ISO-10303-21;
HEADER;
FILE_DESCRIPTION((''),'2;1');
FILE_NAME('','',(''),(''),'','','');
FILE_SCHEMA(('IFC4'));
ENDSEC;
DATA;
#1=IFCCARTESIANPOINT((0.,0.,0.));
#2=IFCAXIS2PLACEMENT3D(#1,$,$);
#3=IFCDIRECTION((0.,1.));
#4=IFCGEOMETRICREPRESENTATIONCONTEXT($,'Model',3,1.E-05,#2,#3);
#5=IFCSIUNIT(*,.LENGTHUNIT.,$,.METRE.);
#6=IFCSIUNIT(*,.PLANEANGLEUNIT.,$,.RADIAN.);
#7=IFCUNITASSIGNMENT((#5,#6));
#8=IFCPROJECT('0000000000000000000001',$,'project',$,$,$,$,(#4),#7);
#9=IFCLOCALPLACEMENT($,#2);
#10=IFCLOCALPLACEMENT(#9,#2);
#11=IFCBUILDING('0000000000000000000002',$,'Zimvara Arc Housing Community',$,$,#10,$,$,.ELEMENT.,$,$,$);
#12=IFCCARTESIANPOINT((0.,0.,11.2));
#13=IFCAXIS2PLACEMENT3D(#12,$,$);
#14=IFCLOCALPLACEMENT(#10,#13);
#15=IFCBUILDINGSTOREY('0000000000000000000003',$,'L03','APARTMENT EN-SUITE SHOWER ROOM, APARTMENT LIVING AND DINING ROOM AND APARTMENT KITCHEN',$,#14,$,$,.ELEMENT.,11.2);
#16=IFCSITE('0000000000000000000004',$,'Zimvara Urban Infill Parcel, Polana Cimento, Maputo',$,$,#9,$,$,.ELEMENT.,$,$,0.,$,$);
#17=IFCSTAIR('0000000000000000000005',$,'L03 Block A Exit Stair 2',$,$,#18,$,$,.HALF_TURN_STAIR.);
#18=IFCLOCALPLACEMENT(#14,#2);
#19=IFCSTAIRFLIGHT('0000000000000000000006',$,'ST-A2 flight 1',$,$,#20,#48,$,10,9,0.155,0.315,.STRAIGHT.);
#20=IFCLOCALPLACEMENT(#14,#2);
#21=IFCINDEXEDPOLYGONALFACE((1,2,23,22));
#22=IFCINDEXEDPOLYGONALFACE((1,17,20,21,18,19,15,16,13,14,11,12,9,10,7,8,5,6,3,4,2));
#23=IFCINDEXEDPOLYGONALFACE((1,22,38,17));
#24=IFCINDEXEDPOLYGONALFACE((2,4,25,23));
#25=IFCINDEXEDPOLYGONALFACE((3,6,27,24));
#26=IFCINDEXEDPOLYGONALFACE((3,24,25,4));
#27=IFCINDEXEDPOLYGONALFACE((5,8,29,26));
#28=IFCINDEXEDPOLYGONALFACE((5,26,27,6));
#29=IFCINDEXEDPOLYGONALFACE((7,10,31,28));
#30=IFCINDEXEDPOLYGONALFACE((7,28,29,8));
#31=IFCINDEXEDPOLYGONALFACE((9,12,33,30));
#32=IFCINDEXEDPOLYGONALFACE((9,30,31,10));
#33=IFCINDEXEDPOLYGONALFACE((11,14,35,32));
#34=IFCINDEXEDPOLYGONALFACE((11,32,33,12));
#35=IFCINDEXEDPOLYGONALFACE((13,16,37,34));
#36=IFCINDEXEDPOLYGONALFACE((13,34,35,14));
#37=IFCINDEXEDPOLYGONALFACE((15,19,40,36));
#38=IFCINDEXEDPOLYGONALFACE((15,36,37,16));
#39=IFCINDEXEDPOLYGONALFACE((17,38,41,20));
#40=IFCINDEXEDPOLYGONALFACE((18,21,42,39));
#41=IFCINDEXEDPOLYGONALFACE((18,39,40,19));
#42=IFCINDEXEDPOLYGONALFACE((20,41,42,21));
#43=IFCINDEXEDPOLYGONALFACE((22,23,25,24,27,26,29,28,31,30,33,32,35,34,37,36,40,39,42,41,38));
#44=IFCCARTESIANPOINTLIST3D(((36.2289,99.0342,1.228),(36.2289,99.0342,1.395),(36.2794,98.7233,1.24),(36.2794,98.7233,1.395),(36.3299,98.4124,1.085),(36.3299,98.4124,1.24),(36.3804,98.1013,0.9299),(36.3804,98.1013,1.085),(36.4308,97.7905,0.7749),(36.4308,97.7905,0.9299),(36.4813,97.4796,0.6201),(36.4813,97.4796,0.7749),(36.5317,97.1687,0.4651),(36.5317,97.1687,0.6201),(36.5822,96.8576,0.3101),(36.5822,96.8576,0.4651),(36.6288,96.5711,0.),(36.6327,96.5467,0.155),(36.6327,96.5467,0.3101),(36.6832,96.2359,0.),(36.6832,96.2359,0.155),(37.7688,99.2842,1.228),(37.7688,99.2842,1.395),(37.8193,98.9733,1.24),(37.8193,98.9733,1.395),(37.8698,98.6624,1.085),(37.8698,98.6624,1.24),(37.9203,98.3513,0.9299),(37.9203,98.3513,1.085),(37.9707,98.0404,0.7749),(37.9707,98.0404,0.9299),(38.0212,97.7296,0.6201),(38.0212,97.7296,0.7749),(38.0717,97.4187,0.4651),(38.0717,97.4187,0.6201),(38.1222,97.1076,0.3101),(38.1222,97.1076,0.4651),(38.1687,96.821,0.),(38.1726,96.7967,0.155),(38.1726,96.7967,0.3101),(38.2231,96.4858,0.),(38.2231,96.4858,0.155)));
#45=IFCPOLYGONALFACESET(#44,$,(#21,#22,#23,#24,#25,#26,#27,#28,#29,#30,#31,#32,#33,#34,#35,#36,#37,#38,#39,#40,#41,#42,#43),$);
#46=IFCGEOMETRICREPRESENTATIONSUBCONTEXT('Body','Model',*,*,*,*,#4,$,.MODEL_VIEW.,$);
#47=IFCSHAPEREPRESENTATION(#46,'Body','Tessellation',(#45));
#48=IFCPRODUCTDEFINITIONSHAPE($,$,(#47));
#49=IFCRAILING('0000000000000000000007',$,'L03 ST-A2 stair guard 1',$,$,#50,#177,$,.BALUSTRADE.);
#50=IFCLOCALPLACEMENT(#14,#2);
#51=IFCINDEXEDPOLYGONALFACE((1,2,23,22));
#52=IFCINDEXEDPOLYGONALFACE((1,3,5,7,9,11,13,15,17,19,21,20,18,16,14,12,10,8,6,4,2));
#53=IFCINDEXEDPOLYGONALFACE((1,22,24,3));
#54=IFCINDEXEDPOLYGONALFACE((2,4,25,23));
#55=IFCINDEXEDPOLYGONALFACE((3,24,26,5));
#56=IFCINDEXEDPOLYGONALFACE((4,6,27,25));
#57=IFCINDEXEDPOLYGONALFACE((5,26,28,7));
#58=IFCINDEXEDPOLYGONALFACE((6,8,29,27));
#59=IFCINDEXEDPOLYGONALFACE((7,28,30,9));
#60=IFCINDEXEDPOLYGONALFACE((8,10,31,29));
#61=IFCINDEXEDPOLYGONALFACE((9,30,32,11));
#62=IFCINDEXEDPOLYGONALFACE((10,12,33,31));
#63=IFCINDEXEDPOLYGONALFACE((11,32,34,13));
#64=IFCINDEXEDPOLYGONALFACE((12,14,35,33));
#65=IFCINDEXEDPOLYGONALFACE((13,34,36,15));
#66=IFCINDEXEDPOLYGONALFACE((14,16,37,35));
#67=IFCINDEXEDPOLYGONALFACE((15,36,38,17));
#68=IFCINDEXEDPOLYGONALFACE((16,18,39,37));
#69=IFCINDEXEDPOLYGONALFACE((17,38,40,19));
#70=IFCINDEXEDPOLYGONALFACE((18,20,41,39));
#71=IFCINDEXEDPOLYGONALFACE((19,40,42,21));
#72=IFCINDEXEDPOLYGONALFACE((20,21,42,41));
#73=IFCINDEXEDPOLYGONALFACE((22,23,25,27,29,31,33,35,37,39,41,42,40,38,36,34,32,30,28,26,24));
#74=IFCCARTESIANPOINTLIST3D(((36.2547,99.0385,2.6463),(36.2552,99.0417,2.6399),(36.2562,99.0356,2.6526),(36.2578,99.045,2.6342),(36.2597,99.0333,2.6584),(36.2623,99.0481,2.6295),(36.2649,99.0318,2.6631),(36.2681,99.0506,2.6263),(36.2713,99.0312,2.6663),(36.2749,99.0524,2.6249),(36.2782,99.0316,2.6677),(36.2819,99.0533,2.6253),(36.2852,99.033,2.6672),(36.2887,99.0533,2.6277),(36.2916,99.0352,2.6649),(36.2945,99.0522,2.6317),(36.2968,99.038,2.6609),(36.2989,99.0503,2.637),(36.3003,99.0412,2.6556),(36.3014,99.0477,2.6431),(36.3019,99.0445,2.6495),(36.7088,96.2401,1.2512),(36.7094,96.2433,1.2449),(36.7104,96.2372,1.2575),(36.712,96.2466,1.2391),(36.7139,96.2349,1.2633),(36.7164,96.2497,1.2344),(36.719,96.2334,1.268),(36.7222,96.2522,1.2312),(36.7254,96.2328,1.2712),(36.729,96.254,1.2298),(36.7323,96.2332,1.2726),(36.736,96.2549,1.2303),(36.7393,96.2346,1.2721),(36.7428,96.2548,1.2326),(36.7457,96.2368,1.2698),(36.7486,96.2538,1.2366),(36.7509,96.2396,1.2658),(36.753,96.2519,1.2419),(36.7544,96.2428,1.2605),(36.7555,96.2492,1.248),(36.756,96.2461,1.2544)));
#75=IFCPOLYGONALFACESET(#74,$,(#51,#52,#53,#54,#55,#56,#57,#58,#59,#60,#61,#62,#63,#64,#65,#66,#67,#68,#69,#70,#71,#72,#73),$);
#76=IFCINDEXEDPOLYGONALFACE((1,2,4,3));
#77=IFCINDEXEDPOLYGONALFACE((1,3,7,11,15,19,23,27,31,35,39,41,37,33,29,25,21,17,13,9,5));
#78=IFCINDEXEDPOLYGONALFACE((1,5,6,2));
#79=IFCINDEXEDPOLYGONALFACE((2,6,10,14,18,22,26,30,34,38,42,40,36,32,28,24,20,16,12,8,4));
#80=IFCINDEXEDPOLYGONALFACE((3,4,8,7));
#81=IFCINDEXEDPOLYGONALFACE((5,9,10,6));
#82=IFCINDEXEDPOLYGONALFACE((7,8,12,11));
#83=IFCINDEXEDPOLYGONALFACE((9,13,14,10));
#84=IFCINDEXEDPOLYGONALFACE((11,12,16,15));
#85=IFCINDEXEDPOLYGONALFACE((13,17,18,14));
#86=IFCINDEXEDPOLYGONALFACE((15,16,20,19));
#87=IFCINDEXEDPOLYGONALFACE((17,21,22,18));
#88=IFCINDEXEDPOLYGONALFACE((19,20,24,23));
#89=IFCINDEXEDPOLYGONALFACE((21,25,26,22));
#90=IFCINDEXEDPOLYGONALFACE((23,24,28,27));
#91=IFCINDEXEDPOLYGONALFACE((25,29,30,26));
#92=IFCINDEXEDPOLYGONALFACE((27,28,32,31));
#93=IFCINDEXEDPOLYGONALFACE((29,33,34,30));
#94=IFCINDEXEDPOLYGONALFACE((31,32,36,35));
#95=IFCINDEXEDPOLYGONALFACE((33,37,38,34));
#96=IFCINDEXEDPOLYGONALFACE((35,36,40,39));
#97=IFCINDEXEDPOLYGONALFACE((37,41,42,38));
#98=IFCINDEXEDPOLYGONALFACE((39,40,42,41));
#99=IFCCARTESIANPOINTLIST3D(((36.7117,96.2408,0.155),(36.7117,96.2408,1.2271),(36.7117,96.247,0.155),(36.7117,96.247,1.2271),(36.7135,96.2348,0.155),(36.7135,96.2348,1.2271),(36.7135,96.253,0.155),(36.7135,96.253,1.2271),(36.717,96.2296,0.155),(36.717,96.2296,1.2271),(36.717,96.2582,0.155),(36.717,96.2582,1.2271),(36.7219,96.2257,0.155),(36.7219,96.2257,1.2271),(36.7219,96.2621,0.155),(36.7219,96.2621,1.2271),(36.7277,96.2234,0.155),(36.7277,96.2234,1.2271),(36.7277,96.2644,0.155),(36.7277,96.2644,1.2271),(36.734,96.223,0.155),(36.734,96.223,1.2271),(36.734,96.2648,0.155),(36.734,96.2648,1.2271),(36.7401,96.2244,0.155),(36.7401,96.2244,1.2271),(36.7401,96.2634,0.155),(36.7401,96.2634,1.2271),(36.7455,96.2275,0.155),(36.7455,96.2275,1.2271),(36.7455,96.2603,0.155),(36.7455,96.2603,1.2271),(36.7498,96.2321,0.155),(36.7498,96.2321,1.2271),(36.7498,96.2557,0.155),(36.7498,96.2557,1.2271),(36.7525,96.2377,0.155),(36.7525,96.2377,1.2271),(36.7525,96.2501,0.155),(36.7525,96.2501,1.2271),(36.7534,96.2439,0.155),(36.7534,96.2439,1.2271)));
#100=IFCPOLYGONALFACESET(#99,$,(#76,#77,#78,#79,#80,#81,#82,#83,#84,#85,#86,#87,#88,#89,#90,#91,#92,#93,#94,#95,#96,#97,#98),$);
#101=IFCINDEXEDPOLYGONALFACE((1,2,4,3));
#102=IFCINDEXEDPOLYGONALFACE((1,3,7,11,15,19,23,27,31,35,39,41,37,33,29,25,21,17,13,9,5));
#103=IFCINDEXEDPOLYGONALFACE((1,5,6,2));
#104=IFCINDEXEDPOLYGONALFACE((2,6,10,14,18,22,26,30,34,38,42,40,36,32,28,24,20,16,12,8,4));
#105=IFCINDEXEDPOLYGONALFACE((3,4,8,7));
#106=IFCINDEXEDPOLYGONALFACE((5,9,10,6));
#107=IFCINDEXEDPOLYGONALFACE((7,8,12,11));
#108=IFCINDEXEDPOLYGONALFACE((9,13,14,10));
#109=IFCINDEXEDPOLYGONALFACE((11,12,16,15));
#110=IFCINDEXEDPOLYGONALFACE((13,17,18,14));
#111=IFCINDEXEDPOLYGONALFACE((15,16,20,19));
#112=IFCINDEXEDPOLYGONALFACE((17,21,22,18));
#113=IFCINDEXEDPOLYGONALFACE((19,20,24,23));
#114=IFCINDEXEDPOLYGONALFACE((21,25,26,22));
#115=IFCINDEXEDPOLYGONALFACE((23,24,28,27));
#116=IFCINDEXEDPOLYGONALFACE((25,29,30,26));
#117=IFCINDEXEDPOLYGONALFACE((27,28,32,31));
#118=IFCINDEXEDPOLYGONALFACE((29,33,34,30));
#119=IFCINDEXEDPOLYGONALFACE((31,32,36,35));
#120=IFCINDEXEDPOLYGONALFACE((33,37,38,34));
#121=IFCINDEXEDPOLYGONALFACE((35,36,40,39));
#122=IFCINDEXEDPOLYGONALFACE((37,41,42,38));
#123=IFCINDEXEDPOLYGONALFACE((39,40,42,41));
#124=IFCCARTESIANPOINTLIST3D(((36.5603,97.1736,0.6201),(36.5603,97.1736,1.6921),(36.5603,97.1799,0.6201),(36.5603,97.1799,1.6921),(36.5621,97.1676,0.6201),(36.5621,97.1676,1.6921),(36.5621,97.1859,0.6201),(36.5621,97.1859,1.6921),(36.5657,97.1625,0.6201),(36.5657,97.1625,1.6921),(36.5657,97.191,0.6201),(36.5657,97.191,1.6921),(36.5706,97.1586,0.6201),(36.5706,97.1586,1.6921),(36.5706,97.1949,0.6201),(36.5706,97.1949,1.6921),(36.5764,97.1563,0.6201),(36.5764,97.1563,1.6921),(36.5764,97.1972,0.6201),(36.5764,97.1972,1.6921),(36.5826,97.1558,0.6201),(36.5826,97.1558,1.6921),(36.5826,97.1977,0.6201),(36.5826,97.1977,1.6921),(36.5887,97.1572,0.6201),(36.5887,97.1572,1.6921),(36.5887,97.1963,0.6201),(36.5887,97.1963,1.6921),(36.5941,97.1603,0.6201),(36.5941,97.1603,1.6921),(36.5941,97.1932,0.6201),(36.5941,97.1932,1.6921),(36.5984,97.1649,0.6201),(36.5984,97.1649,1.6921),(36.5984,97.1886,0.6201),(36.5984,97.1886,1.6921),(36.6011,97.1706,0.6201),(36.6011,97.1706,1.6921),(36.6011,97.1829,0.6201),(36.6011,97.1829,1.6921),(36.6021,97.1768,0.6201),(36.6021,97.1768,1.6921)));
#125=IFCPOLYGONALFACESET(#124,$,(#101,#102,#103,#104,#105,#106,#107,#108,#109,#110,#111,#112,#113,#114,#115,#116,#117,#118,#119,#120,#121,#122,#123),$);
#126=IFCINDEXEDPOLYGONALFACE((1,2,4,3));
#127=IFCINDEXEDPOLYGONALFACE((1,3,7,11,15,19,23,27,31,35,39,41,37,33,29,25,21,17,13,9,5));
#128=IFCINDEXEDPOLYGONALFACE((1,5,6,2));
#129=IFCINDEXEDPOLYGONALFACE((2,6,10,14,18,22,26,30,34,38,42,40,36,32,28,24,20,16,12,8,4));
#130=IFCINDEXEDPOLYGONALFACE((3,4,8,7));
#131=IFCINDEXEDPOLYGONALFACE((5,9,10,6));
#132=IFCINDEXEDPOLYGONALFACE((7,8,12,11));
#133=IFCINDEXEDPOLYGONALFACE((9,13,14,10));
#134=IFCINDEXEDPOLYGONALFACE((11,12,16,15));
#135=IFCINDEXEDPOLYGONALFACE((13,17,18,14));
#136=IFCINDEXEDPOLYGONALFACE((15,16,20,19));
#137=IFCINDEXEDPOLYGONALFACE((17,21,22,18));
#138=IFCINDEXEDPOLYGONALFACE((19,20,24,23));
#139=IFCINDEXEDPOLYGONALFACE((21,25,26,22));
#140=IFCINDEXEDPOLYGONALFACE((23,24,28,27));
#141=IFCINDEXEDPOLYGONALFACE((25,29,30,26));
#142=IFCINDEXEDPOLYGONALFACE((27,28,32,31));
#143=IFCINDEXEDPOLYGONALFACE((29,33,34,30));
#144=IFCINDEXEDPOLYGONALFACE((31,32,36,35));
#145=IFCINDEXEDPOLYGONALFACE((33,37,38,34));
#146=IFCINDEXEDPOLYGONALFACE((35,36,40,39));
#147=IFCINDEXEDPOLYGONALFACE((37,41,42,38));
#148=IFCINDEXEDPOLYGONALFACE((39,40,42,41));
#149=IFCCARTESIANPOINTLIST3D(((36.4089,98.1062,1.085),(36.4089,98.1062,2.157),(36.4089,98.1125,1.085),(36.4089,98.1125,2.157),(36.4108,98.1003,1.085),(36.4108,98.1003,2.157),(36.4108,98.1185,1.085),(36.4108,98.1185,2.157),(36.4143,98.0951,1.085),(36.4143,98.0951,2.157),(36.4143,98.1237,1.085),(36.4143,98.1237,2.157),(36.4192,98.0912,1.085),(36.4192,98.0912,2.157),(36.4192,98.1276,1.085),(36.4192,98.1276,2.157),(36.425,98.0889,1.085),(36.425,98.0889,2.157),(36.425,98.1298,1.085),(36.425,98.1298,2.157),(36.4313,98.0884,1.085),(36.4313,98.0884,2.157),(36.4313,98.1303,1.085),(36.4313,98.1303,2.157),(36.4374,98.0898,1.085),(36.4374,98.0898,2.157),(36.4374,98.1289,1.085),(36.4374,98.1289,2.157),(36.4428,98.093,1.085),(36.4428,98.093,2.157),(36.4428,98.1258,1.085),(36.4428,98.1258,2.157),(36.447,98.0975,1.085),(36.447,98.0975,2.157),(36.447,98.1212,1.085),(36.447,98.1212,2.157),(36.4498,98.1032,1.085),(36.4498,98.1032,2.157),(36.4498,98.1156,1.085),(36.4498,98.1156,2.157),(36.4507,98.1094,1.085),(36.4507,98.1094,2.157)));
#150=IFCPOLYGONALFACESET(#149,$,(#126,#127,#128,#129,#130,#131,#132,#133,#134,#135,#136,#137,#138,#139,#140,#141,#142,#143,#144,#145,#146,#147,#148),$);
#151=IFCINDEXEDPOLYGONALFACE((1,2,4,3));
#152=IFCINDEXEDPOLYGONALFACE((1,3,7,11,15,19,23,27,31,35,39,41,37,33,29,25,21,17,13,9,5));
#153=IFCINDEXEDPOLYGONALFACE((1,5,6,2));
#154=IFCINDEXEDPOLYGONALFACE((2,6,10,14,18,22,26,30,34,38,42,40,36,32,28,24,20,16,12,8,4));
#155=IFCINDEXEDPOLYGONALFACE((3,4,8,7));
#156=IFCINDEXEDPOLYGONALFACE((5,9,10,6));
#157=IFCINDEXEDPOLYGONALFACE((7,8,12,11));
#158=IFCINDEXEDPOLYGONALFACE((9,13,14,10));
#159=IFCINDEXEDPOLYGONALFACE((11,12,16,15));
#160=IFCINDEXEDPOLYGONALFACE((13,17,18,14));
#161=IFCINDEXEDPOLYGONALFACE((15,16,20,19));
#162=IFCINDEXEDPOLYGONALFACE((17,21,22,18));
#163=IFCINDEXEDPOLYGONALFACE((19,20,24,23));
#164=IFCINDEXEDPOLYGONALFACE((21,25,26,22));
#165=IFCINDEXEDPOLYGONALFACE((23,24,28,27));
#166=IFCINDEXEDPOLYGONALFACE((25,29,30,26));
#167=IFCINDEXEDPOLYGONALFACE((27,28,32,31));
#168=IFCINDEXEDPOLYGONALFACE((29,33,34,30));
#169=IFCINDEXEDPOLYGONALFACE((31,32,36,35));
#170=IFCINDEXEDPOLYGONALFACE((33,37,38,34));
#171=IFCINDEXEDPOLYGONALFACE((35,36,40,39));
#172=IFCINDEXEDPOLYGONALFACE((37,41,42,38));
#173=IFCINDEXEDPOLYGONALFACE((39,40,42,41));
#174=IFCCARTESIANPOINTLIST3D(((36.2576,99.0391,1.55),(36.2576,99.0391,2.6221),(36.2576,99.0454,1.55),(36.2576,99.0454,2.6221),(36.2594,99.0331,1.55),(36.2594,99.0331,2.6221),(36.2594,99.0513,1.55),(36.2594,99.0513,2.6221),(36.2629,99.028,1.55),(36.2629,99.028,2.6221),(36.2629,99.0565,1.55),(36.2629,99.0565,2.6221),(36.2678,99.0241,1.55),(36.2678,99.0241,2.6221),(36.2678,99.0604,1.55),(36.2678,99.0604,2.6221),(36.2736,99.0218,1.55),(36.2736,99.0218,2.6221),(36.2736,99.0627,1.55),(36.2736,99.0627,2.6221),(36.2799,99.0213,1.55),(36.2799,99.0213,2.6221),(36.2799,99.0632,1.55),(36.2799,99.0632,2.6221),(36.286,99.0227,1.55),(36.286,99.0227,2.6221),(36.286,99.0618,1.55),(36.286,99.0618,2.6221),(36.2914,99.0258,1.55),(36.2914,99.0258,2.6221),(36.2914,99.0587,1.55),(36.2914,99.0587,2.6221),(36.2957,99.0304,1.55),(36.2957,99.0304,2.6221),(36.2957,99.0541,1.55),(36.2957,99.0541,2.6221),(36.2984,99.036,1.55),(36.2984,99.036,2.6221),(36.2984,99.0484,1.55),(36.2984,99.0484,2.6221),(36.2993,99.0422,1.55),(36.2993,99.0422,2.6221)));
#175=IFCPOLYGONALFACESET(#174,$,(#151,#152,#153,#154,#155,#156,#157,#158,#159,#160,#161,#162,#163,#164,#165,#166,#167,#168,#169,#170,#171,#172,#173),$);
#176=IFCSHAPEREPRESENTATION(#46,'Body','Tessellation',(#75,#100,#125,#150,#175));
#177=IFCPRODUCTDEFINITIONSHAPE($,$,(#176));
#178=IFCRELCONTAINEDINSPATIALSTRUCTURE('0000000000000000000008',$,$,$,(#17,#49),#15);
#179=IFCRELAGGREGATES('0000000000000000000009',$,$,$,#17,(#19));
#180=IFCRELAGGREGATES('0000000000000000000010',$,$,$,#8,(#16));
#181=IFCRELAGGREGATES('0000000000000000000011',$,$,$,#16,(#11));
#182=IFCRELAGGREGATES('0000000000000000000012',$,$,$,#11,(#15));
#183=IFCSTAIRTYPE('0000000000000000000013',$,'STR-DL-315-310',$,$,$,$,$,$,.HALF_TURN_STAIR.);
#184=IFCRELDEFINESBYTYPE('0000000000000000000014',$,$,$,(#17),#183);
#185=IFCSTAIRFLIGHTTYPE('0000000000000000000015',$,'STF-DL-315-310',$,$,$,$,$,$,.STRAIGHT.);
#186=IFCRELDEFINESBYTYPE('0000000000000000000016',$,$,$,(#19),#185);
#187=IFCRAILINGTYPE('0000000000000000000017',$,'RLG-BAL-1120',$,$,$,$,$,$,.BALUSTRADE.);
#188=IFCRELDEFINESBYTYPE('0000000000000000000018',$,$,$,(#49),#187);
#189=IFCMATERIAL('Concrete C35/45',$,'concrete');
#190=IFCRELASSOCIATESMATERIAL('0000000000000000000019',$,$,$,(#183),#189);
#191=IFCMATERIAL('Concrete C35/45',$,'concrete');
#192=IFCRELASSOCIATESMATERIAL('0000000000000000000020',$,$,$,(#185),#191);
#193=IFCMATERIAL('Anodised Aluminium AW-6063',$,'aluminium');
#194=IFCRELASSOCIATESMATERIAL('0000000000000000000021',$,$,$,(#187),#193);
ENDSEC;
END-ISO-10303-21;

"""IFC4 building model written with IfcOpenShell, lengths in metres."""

from ifc_helpers import new_model, si_unit, direction, frame, origin, origin_2d, place, context, subcontext, project, spatial, polyline, circle, outline, extrude, material, type_object, element, aggregate, save


model = new_model("IFC4")

# Units and contexts
model_context = context("Model", 3, precision=1e-05, world=origin(), true_north=direction((0.0, 1.0)))
body_context = subcontext(model_context, "Body", "Model", "MODEL_VIEW")
ifc_project = project(units=[si_unit("LENGTHUNIT", "METRE"), si_unit("PLANEANGLEUNIT", "RADIAN")], contexts=[model_context])

# Site, building, storey
site_placement = place(None, origin())
site = spatial("IfcSite", under=ifc_project, at=site_placement, Name="Zimvara Urban Infill Parcel, Polana Cimento, Maputo", CompositionType="ELEMENT", RefElevation=0.0)
building_placement = place(site_placement, origin())
building = spatial("IfcBuilding", under=site, at=building_placement, Name="Zimvara Arc Housing Community", CompositionType="ELEMENT")
storey_placement = place(building_placement, frame((0.0, 0.0, 11.2)))
storey = spatial("IfcBuildingStorey", under=building, at=storey_placement, Name="L03", Description="APARTMENT EN-SUITE SHOWER ROOM, APARTMENT LIVING AND DINING ROOM AND APARTMENT KITCHEN", CompositionType="ELEMENT", Elevation=11.2)

# Stair, stair flight
ifc_material_1 = material(Name="Concrete C35/45", Category="concrete")
stair_type = type_object("IfcStairType", Name="STR-DL-315-310", PredefinedType="HALF_TURN_STAIR", material=ifc_material_1)
stair_placement = place(storey_placement, origin())
stair = element("IfcStair", 1, at=stair_placement, inside=storey, type_object=stair_type, Name="L03 Block A Exit Stair 2", PredefinedType="HALF_TURN_STAIR")
ifc_material_2 = material(Name="Concrete C35/45", Category="concrete")
stair_flight_type = type_object("IfcStairFlightType", Name="STF-DL-315-310", PredefinedType="STRAIGHT", material=ifc_material_2)
stair_flight_placement = place(storey_placement, frame((37.4531, 96.3608, 0.0), z_axis=(0.0, 0.0, 1.0), x_axis=(-0.160226, 0.98708, 0.0)))
stair_flight = element("IfcStairFlight", 2, at=stair_flight_placement, type_object=stair_flight_type, Name="ST-A2 flight 1", NumberOfRisers=10, NumberOfTreads=9, PredefinedType="STRAIGHT", RiserHeight=0.155, TreadLength=0.315, context=body_context, shape_type="SweptSolid", body=[
    extrude(outline(polyline([(0.0, 0.0), (0.0, 0.155), (0.3149, 0.155), (0.3149, 0.3101), (0.6299, 0.3101), (0.6299, 0.4651), (0.9451, 0.4651), (0.9451, 0.6201), (1.26, 0.6201), (1.26, 0.7749), (1.575, 0.7749), (1.575, 0.9299), (1.8899, 0.9299), (1.8899, 1.085), (2.2051, 1.085), (2.2051, 1.24), (2.52, 1.24), (2.52, 1.395), (2.835, 1.395), (2.835, 1.55), (2.835, 1.228), (0.3396, 0.0), (0.0, 0.0)])), frame((0.0, 0.78, 0.0), z_axis=(0.0, -1.0, 0.0), x_axis=(1.0, 0.0, 0.0)), (0.0, 0.0, 1.0), 1.5601),
])
aggregate(stair, [stair_flight])

# Railing
ifc_material_3 = material(Name="Anodised Aluminium AW-6063", Category="aluminium")
railing_type_1 = type_object("IfcRailingType", Name="RLG-BAL-1120", PredefinedType="BALUSTRADE", material=ifc_material_3)
railing_1_placement = place(storey_placement, frame((36.7324, 96.2439, 0.155)))
element("IfcRailing", 3, at=railing_1_placement, inside=storey, type_object=railing_type_1, Name="L03 ST-A2 stair guard 1", PredefinedType="BALUSTRADE", context=body_context, shape_type="SweptSolid", body=[
    extrude(circle(Radius=0.0239, at=origin_2d()), frame((0.0, 0.0, 1.0962), z_axis=(-0.143722, 0.885666, 0.44152), x_axis=(-0.987088, -0.16018, 0.0)), (0.0, 0.0, 1.0), 3.1597),
    extrude(circle(Radius=0.021, at=origin_2d()), origin(), (0.0, 0.0, 1.0), 1.072),
    extrude(circle(Radius=0.021, at=origin_2d()), frame((-0.1514, 0.9329, 0.4651)), (0.0, 0.0, 1.0), 1.072),
    extrude(circle(Radius=0.021, at=origin_2d()), frame((-0.3027, 1.8655, 0.9299)), (0.0, 0.0, 1.0), 1.072),
    extrude(circle(Radius=0.021, at=origin_2d()), frame((-0.4541, 2.7983, 1.395)), (0.0, 0.0, 1.0), 1.072),
])

save(model, "model.ifc")
